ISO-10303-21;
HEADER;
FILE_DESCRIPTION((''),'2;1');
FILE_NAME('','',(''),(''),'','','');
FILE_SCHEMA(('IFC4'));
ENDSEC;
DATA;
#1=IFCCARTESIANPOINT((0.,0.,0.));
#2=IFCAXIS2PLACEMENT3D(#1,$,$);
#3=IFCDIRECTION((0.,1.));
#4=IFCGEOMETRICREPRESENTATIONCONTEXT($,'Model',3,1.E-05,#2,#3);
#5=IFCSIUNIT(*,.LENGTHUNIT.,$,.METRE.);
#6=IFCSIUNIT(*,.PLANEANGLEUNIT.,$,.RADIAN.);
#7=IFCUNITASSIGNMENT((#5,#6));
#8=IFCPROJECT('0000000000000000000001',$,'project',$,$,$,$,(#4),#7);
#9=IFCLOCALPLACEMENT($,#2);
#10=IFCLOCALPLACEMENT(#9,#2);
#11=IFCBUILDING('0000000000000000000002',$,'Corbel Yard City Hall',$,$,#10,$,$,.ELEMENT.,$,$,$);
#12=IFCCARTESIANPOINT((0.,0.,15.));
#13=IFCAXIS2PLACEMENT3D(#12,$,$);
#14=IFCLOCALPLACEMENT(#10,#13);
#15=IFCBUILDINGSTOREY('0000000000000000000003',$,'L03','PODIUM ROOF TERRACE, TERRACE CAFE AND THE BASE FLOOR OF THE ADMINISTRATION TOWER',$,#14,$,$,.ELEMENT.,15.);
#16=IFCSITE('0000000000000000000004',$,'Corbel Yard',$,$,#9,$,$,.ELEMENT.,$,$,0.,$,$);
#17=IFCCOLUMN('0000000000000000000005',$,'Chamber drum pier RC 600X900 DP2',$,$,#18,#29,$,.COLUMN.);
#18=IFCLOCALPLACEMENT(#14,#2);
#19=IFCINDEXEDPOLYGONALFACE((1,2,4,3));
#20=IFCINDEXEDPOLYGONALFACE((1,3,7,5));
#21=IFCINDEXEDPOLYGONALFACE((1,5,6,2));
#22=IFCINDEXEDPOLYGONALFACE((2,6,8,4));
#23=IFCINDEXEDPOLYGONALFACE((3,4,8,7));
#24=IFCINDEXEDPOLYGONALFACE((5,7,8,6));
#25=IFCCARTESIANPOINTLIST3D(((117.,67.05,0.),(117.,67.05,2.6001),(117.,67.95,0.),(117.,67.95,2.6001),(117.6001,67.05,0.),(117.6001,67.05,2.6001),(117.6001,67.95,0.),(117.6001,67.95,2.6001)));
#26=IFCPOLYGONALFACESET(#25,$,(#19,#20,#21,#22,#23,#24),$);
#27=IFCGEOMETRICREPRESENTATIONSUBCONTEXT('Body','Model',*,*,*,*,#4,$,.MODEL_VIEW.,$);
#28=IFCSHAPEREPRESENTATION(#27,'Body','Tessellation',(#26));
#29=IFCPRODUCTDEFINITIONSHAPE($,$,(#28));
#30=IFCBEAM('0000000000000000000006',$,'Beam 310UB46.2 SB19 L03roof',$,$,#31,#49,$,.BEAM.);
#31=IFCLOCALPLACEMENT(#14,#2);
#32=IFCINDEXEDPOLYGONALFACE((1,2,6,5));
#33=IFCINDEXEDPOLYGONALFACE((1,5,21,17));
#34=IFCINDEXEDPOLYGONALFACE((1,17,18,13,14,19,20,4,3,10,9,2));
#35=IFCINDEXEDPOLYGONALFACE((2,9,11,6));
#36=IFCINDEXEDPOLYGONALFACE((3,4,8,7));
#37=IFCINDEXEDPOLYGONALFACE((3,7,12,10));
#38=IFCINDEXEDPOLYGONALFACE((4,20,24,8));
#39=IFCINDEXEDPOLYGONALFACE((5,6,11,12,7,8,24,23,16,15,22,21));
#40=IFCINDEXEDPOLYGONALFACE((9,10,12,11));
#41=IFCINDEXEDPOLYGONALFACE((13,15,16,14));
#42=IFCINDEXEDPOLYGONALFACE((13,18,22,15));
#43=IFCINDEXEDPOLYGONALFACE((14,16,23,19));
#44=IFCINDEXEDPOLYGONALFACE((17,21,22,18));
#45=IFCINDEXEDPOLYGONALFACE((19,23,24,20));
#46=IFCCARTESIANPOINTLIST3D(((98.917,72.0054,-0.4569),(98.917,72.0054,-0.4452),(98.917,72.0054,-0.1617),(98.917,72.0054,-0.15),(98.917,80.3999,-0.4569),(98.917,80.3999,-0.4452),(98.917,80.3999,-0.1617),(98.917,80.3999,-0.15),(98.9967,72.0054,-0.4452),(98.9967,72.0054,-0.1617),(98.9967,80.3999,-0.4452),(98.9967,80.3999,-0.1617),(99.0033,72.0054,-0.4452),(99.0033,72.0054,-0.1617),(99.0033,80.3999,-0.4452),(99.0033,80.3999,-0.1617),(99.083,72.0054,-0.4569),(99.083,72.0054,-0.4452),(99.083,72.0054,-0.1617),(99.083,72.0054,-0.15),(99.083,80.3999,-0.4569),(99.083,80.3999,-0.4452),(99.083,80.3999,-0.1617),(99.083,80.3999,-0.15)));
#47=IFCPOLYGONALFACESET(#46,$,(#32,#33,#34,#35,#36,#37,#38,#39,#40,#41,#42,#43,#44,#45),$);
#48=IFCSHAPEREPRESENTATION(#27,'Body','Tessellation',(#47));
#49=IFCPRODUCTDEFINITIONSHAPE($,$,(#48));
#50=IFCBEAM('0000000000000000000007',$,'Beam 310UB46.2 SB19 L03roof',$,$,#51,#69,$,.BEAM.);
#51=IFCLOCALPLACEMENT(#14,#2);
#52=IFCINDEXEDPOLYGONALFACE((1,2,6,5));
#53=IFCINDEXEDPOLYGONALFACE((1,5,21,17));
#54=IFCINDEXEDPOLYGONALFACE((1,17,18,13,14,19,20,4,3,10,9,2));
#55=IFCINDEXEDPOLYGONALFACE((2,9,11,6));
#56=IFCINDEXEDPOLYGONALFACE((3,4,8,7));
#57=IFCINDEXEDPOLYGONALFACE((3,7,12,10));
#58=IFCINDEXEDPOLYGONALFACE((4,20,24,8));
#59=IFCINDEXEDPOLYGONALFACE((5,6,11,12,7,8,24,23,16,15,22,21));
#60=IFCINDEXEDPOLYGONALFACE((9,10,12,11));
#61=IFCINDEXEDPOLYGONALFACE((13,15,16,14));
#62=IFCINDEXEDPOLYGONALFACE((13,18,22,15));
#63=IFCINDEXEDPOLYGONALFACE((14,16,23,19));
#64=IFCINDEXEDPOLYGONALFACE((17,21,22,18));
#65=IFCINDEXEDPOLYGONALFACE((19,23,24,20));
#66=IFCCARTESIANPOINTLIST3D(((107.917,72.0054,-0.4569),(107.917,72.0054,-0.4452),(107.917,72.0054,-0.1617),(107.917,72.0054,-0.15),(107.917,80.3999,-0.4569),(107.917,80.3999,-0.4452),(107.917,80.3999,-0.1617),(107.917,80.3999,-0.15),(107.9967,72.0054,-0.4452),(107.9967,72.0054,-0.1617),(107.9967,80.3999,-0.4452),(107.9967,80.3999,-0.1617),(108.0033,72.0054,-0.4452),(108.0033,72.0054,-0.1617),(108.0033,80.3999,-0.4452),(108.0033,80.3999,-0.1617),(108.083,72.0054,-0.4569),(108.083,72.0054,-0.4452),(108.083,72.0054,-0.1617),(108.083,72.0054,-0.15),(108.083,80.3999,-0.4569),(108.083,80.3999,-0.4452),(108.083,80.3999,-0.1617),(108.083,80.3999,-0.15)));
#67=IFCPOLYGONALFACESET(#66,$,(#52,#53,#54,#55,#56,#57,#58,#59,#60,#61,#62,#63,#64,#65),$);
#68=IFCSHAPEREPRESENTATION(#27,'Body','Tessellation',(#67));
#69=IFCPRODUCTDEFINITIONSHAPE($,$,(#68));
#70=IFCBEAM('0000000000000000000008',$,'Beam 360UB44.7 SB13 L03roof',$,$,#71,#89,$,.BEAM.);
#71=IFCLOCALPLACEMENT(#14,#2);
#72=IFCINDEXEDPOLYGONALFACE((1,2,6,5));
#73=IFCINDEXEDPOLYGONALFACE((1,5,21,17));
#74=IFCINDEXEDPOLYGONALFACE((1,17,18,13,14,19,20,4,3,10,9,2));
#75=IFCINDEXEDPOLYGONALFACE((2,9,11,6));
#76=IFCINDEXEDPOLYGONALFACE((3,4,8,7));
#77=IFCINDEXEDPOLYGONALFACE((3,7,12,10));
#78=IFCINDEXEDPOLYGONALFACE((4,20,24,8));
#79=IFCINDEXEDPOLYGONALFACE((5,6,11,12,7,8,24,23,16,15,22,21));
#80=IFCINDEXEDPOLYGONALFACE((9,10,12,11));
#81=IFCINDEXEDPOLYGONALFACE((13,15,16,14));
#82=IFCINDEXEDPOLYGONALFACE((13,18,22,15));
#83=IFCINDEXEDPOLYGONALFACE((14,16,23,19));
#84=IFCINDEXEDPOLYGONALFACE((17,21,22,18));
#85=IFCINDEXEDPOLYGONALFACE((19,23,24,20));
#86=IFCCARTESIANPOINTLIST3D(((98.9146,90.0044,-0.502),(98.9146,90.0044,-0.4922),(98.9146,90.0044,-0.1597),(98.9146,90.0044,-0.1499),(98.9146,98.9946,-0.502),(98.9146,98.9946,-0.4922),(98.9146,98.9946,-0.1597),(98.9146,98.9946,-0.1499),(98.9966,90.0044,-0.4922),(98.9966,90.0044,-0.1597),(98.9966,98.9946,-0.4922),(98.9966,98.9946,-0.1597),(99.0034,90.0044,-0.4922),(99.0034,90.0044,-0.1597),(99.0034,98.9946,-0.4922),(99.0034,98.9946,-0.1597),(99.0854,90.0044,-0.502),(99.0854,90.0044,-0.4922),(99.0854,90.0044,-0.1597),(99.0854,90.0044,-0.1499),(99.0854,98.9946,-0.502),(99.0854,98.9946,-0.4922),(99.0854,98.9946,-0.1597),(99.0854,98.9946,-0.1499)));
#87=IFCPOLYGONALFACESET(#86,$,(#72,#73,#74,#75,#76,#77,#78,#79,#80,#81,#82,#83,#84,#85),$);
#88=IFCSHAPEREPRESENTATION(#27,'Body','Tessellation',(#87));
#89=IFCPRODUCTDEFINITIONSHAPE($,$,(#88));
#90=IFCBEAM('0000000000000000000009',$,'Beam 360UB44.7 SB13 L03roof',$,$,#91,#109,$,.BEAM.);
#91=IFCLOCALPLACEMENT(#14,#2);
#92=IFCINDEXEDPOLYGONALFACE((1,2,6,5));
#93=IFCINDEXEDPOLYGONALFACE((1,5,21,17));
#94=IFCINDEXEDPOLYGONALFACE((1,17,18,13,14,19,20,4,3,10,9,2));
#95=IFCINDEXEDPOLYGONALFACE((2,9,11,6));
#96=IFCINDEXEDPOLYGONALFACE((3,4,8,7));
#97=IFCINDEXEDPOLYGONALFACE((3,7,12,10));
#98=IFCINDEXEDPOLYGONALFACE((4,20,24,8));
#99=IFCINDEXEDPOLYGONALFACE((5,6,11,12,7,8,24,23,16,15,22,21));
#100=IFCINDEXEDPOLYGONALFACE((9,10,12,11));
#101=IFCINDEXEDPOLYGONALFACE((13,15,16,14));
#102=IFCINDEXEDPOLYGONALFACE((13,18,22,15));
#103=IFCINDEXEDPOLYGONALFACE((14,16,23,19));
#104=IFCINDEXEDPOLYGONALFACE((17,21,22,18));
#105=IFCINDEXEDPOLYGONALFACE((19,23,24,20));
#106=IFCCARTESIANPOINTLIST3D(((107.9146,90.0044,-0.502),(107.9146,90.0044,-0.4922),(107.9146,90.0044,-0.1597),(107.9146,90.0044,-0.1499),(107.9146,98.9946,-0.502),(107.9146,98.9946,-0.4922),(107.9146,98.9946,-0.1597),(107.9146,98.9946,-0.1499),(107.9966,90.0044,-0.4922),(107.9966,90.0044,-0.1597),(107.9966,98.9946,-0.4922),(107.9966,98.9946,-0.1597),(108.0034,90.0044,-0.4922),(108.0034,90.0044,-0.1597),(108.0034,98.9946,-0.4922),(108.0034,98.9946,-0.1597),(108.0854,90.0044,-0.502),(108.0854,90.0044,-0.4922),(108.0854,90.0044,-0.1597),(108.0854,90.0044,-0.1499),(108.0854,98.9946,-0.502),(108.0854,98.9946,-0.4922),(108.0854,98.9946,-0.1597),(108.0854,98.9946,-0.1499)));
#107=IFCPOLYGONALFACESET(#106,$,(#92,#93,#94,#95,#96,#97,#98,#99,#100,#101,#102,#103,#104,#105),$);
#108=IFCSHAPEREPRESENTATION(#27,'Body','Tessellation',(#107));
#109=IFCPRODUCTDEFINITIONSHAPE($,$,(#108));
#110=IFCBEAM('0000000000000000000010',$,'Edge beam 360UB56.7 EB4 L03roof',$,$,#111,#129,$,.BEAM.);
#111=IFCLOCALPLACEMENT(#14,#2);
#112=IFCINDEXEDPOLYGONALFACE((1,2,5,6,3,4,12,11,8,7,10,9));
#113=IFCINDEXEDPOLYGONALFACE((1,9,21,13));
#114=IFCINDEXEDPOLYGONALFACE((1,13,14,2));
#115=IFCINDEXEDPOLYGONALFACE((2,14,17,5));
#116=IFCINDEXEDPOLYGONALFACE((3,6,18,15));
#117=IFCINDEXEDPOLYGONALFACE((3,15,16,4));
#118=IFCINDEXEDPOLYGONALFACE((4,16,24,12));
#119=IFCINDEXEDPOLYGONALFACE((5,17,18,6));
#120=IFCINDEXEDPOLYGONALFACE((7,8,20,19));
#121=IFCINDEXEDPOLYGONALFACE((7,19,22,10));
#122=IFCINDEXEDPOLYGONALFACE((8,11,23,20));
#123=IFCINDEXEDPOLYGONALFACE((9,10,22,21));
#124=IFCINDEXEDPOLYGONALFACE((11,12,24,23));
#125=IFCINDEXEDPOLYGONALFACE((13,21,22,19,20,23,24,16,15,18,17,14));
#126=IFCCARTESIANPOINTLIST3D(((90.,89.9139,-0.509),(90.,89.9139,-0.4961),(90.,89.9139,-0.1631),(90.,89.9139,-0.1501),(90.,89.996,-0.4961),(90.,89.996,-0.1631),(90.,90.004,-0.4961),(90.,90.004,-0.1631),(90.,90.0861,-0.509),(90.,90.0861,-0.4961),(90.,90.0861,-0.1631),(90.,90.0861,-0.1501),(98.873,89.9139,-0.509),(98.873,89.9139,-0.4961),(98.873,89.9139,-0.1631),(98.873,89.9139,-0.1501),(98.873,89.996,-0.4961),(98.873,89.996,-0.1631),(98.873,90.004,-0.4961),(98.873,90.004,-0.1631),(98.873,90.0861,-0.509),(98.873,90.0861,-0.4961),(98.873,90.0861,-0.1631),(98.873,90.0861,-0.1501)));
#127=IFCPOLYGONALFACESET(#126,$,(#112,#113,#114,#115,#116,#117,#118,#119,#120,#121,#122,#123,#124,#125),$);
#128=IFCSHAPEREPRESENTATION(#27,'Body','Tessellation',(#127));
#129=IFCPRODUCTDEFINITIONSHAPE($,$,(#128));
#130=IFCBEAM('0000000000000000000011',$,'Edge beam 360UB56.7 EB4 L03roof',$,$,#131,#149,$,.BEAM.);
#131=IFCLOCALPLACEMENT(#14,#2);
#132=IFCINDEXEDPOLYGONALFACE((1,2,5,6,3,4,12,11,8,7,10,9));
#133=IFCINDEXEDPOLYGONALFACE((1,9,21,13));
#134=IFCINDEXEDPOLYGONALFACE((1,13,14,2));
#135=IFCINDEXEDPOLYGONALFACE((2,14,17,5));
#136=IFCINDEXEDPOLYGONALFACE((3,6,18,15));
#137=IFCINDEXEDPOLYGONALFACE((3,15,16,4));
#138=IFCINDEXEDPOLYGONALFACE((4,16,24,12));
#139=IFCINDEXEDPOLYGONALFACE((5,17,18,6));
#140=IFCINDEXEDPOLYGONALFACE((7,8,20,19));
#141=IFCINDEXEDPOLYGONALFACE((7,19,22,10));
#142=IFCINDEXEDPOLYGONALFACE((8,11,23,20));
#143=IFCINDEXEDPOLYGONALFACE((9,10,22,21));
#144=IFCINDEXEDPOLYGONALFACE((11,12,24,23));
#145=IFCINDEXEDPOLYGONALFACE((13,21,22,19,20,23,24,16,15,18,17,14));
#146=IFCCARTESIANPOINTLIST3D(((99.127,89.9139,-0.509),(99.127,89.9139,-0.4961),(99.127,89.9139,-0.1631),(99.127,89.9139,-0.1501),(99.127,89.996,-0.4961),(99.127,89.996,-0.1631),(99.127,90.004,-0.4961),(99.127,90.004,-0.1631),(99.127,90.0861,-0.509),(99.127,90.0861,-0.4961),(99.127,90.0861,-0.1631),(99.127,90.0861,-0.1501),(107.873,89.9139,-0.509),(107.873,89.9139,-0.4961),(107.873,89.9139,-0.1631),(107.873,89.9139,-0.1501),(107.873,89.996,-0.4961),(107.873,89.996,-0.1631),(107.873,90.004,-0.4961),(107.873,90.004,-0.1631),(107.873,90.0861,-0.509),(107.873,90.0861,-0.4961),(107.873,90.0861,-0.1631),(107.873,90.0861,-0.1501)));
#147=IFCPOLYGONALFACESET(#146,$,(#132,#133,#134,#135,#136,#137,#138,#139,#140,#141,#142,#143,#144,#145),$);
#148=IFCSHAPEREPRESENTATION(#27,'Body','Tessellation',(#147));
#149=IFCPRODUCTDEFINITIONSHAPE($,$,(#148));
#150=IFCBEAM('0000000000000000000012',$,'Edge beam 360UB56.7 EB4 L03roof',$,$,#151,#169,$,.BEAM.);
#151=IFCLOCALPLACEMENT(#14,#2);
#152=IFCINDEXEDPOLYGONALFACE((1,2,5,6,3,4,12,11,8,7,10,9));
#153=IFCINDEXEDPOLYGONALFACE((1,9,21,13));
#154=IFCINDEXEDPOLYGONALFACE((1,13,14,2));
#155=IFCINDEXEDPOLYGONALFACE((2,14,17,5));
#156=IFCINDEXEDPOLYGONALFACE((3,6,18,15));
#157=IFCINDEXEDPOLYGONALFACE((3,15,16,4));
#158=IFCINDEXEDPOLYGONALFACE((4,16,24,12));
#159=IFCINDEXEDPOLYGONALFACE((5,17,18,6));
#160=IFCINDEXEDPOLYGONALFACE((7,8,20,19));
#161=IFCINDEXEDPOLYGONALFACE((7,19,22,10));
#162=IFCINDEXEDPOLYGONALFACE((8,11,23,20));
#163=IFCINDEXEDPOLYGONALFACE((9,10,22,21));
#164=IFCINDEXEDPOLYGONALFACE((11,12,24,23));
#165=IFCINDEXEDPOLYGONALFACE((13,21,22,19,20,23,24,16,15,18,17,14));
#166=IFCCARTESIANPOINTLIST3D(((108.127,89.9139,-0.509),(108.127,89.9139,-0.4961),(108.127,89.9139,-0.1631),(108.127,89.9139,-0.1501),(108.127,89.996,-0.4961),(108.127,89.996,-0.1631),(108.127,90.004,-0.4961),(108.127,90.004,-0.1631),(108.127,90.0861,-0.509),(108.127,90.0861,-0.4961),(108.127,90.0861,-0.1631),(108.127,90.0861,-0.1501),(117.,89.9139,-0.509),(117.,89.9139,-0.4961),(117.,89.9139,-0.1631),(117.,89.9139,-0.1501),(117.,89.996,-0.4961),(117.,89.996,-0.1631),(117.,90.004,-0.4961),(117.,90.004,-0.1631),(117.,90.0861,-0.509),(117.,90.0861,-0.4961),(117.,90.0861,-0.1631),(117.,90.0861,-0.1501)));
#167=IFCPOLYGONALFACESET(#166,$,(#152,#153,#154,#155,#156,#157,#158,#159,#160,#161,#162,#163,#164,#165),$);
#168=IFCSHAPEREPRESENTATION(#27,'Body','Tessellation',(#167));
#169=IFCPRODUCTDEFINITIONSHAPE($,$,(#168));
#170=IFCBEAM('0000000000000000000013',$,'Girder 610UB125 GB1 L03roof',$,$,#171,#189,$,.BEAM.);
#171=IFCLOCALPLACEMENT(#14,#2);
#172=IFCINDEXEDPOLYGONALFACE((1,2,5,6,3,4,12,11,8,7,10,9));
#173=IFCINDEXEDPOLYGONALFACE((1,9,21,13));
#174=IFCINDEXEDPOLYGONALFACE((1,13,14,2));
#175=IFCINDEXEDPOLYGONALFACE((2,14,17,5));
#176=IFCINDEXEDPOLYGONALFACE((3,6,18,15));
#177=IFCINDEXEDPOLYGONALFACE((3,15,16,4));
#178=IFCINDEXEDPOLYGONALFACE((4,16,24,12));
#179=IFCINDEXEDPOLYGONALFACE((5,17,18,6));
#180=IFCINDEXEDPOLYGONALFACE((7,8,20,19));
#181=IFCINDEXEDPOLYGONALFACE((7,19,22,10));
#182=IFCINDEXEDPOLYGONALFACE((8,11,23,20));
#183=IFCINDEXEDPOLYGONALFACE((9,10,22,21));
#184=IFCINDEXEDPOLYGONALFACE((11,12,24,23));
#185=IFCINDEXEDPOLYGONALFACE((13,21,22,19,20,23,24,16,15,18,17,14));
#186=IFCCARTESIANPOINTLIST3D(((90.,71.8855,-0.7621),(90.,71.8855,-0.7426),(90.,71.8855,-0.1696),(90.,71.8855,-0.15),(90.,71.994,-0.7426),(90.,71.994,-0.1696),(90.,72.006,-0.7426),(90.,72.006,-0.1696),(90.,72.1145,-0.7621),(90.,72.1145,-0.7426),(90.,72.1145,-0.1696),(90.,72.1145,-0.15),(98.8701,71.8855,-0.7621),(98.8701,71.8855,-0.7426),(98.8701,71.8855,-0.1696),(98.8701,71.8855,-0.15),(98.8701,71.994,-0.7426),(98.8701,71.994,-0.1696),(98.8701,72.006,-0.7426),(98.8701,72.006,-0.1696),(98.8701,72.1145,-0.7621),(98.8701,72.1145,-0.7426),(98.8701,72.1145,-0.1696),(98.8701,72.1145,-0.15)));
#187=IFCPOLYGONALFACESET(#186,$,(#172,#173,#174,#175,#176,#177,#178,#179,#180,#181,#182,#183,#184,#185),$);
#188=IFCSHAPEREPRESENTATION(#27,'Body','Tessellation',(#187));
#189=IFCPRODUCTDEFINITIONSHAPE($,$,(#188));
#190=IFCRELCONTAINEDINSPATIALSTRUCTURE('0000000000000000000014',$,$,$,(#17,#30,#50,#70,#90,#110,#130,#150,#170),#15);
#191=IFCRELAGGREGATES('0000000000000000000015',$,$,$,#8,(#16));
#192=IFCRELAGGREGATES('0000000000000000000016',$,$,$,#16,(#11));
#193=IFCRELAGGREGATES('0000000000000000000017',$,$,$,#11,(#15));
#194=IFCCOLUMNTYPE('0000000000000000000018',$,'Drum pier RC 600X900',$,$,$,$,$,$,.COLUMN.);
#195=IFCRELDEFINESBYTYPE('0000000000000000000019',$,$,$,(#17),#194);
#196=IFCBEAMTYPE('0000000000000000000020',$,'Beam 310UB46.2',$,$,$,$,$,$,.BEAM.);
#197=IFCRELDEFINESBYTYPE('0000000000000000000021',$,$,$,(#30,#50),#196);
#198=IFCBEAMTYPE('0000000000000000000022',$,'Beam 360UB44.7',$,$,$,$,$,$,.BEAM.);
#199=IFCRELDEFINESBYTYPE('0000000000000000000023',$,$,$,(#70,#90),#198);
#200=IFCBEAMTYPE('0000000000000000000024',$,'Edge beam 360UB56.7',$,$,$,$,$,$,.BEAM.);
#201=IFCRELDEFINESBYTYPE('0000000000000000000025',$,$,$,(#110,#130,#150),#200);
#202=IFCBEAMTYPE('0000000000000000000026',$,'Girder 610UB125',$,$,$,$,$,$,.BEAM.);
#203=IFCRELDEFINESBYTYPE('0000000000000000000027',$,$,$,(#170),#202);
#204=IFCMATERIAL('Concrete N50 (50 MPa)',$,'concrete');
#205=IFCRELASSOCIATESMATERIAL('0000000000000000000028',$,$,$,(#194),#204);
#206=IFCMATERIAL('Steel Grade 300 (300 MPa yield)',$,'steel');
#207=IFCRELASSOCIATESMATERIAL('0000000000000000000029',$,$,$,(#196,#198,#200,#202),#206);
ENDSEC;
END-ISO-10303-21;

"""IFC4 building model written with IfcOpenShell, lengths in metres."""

from ifc_helpers import new_model, si_unit, direction, frame, origin, origin_2d, place, context, subcontext, project, spatial, rectangle, i_section, extrude, material, material_profile, profile_set, type_object, element, save


model = new_model("IFC4")

# Units and contexts
model_context = context("Model", 3, precision=1e-05, world=origin(), true_north=direction((0.0, 1.0)))
body_context = subcontext(model_context, "Body", "Model", "MODEL_VIEW")
ifc_project = project(units=[si_unit("LENGTHUNIT", "METRE"), si_unit("PLANEANGLEUNIT", "RADIAN")], contexts=[model_context])

# Site, building, storey
site_placement = place(None, origin())
site = spatial("IfcSite", under=ifc_project, at=site_placement, Name="Corbel Yard", CompositionType="ELEMENT", RefElevation=0.0)
building_placement = place(site_placement, origin())
building = spatial("IfcBuilding", under=site, at=building_placement, Name="Corbel Yard City Hall", CompositionType="ELEMENT")
storey_placement = place(building_placement, frame((0.0, 0.0, 15.0)))
storey = spatial("IfcBuildingStorey", under=building, at=storey_placement, Name="L03", Description="PODIUM ROOF TERRACE, TERRACE CAFE AND THE BASE FLOOR OF THE ADMINISTRATION TOWER", CompositionType="ELEMENT", Elevation=15.0)

# Column
ifc_material_1 = material(Name="Concrete N50 (50 MPa)", Category="concrete")
ifc_material_profile_1 = material_profile(ifc_material_1, rectangle(XDim=0.6001, YDim=0.8999, at=origin_2d()), Name="600x900")
ifc_profile_set_1 = profile_set([ifc_material_profile_1], Name="Concrete N50 (50 MPa)")
column_type = type_object("IfcColumnType", Name="Drum pier RC 600X900", PredefinedType="COLUMN", material=ifc_profile_set_1)
column_placement = place(storey_placement, frame((117.3, 67.5, 0.0), z_axis=(0.0, 0.0, 1.0), x_axis=(1.0, 0.0, 0.0)))
element("IfcColumn", 1, at=column_placement, inside=storey, type_object=column_type, Name="Chamber drum pier RC 600X900 DP2", PredefinedType="COLUMN", context=body_context, shape_type="SweptSolid", body=[
    extrude(rectangle(XDim=0.6001, YDim=0.8999, at=origin_2d()), origin(), (0.0, 0.0, 1.0), 2.6001),
])

# Beams
ifc_material_2 = material(Name="Steel Grade 300 (300 MPa yield)", Category="steel")
ifc_material_profile_2 = material_profile(ifc_material_2, i_section(OverallWidth=0.166, OverallDepth=0.3069, WebThickness=0.0066, FlangeThickness=0.0117, at=origin_2d()), Name="310UB46.2")
ifc_profile_set_2 = profile_set([ifc_material_profile_2], Name="Steel Grade 300 (300 MPa yield)")
beam_type_1 = type_object("IfcBeamType", Name="Beam 310UB46.2", PredefinedType="BEAM", material=ifc_profile_set_2)
for number, where, z_axis, x_axis, name in (
    (2, (99.0, 72.0054, -0.3035), (0.0, 1.0, 0.0), (-1.0, 0.0, 0.0), "Beam 310UB46.2 SB19 L03roof"),
    (3, (108.0, 72.0054, -0.3035), (0.0, 1.0, 0.0), (-1.0, 0.0, 0.0), "Beam 310UB46.2 SB19 L03roof"),
):
    element("IfcBeam", number, at=place(storey_placement, frame(where, z_axis=z_axis, x_axis=x_axis)), inside=storey, type_object=beam_type_1, Name=name, PredefinedType="BEAM", context=body_context, shape_type="SweptSolid", body=[
        extrude(i_section(OverallWidth=0.166, OverallDepth=0.3069, WebThickness=0.0066, FlangeThickness=0.0117, at=origin_2d()), origin(), (0.0, 0.0, 1.0), 8.3945),
    ])
ifc_material_profile_3 = material_profile(ifc_material_2, i_section(OverallWidth=0.1709, OverallDepth=0.3521, WebThickness=0.0068, FlangeThickness=0.0098, at=origin_2d()), Name="360UB44.7")
ifc_profile_set_3 = profile_set([ifc_material_profile_3], Name="Steel Grade 300 (300 MPa yield)")
beam_type_2 = type_object("IfcBeamType", Name="Beam 360UB44.7", PredefinedType="BEAM", material=ifc_profile_set_3)
for number, where, z_axis, x_axis, name in (
    (4, (99.0, 90.0044, -0.3259), (0.0, 1.0, 0.0), (-1.0, 0.0, 0.0), "Beam 360UB44.7 SB13 L03roof"),
    (5, (108.0, 90.0044, -0.3259), (0.0, 1.0, 0.0), (-1.0, 0.0, 0.0), "Beam 360UB44.7 SB13 L03roof"),
):
    element("IfcBeam", number, at=place(storey_placement, frame(where, z_axis=z_axis, x_axis=x_axis)), inside=storey, type_object=beam_type_2, Name=name, PredefinedType="BEAM", context=body_context, shape_type="SweptSolid", body=[
        extrude(i_section(OverallWidth=0.1709, OverallDepth=0.3521, WebThickness=0.0068, FlangeThickness=0.0098, at=origin_2d()), origin(), (0.0, 0.0, 1.0), 8.9902),
    ])
ifc_material_profile_4 = material_profile(ifc_material_2, i_section(OverallWidth=0.1721, OverallDepth=0.3589, WebThickness=0.0081, FlangeThickness=0.0129, at=origin_2d()), Name="360UB56.7")
ifc_profile_set_4 = profile_set([ifc_material_profile_4], Name="Steel Grade 300 (300 MPa yield)")
beam_type_3 = type_object("IfcBeamType", Name="Edge beam 360UB56.7", PredefinedType="BEAM", material=ifc_profile_set_4)
beam_1_placement = place(storey_placement, frame((90.0, 90.0, -0.3296), z_axis=(1.0, 0.0, 0.0), x_axis=(0.0, 1.0, 0.0)))
element("IfcBeam", 6, at=beam_1_placement, inside=storey, type_object=beam_type_3, Name="Edge beam 360UB56.7 EB4 L03roof", PredefinedType="BEAM", context=body_context, shape_type="SweptSolid", body=[
    extrude(i_section(OverallWidth=0.1721, OverallDepth=0.3589, WebThickness=0.0081, FlangeThickness=0.0129, at=origin_2d()), origin(), (0.0, 0.0, 1.0), 8.873),
])
beam_2_placement = place(storey_placement, frame((99.127, 90.0, -0.3296), z_axis=(1.0, 0.0, 0.0), x_axis=(0.0, 1.0, 0.0)))
element("IfcBeam", 7, at=beam_2_placement, inside=storey, type_object=beam_type_3, Name="Edge beam 360UB56.7 EB4 L03roof", PredefinedType="BEAM", context=body_context, shape_type="SweptSolid", body=[
    extrude(i_section(OverallWidth=0.1721, OverallDepth=0.3589, WebThickness=0.0081, FlangeThickness=0.0129, at=origin_2d()), origin(), (0.0, 0.0, 1.0), 8.7461),
])
beam_3_placement = place(storey_placement, frame((108.127, 90.0, -0.3296), z_axis=(1.0, 0.0, 0.0), x_axis=(0.0, 1.0, 0.0)))
element("IfcBeam", 8, at=beam_3_placement, inside=storey, type_object=beam_type_3, Name="Edge beam 360UB56.7 EB4 L03roof", PredefinedType="BEAM", context=body_context, shape_type="SweptSolid", body=[
    extrude(i_section(OverallWidth=0.1721, OverallDepth=0.3589, WebThickness=0.0081, FlangeThickness=0.0129, at=origin_2d()), origin(), (0.0, 0.0, 1.0), 8.873),
])
ifc_material_profile_5 = material_profile(ifc_material_2, i_section(OverallWidth=0.229, OverallDepth=0.6121, WebThickness=0.012, FlangeThickness=0.0195, at=origin_2d()), Name="610UB125")
ifc_profile_set_5 = profile_set([ifc_material_profile_5], Name="Steel Grade 300 (300 MPa yield)")
beam_type_4 = type_object("IfcBeamType", Name="Girder 610UB125", PredefinedType="BEAM", material=ifc_profile_set_5)
beam_4_placement = place(storey_placement, frame((90.0, 72.0, -0.4561), z_axis=(1.0, 0.0, 0.0), x_axis=(0.0, 1.0, 0.0)))
element("IfcBeam", 9, at=beam_4_placement, inside=storey, type_object=beam_type_4, Name="Girder 610UB125 GB1 L03roof", PredefinedType="BEAM", context=body_context, shape_type="SweptSolid", body=[
    extrude(i_section(OverallWidth=0.229, OverallDepth=0.6121, WebThickness=0.012, FlangeThickness=0.0195, at=origin_2d()), origin(), (0.0, 0.0, 1.0), 8.8701),
])

save(model, "model.ifc")
